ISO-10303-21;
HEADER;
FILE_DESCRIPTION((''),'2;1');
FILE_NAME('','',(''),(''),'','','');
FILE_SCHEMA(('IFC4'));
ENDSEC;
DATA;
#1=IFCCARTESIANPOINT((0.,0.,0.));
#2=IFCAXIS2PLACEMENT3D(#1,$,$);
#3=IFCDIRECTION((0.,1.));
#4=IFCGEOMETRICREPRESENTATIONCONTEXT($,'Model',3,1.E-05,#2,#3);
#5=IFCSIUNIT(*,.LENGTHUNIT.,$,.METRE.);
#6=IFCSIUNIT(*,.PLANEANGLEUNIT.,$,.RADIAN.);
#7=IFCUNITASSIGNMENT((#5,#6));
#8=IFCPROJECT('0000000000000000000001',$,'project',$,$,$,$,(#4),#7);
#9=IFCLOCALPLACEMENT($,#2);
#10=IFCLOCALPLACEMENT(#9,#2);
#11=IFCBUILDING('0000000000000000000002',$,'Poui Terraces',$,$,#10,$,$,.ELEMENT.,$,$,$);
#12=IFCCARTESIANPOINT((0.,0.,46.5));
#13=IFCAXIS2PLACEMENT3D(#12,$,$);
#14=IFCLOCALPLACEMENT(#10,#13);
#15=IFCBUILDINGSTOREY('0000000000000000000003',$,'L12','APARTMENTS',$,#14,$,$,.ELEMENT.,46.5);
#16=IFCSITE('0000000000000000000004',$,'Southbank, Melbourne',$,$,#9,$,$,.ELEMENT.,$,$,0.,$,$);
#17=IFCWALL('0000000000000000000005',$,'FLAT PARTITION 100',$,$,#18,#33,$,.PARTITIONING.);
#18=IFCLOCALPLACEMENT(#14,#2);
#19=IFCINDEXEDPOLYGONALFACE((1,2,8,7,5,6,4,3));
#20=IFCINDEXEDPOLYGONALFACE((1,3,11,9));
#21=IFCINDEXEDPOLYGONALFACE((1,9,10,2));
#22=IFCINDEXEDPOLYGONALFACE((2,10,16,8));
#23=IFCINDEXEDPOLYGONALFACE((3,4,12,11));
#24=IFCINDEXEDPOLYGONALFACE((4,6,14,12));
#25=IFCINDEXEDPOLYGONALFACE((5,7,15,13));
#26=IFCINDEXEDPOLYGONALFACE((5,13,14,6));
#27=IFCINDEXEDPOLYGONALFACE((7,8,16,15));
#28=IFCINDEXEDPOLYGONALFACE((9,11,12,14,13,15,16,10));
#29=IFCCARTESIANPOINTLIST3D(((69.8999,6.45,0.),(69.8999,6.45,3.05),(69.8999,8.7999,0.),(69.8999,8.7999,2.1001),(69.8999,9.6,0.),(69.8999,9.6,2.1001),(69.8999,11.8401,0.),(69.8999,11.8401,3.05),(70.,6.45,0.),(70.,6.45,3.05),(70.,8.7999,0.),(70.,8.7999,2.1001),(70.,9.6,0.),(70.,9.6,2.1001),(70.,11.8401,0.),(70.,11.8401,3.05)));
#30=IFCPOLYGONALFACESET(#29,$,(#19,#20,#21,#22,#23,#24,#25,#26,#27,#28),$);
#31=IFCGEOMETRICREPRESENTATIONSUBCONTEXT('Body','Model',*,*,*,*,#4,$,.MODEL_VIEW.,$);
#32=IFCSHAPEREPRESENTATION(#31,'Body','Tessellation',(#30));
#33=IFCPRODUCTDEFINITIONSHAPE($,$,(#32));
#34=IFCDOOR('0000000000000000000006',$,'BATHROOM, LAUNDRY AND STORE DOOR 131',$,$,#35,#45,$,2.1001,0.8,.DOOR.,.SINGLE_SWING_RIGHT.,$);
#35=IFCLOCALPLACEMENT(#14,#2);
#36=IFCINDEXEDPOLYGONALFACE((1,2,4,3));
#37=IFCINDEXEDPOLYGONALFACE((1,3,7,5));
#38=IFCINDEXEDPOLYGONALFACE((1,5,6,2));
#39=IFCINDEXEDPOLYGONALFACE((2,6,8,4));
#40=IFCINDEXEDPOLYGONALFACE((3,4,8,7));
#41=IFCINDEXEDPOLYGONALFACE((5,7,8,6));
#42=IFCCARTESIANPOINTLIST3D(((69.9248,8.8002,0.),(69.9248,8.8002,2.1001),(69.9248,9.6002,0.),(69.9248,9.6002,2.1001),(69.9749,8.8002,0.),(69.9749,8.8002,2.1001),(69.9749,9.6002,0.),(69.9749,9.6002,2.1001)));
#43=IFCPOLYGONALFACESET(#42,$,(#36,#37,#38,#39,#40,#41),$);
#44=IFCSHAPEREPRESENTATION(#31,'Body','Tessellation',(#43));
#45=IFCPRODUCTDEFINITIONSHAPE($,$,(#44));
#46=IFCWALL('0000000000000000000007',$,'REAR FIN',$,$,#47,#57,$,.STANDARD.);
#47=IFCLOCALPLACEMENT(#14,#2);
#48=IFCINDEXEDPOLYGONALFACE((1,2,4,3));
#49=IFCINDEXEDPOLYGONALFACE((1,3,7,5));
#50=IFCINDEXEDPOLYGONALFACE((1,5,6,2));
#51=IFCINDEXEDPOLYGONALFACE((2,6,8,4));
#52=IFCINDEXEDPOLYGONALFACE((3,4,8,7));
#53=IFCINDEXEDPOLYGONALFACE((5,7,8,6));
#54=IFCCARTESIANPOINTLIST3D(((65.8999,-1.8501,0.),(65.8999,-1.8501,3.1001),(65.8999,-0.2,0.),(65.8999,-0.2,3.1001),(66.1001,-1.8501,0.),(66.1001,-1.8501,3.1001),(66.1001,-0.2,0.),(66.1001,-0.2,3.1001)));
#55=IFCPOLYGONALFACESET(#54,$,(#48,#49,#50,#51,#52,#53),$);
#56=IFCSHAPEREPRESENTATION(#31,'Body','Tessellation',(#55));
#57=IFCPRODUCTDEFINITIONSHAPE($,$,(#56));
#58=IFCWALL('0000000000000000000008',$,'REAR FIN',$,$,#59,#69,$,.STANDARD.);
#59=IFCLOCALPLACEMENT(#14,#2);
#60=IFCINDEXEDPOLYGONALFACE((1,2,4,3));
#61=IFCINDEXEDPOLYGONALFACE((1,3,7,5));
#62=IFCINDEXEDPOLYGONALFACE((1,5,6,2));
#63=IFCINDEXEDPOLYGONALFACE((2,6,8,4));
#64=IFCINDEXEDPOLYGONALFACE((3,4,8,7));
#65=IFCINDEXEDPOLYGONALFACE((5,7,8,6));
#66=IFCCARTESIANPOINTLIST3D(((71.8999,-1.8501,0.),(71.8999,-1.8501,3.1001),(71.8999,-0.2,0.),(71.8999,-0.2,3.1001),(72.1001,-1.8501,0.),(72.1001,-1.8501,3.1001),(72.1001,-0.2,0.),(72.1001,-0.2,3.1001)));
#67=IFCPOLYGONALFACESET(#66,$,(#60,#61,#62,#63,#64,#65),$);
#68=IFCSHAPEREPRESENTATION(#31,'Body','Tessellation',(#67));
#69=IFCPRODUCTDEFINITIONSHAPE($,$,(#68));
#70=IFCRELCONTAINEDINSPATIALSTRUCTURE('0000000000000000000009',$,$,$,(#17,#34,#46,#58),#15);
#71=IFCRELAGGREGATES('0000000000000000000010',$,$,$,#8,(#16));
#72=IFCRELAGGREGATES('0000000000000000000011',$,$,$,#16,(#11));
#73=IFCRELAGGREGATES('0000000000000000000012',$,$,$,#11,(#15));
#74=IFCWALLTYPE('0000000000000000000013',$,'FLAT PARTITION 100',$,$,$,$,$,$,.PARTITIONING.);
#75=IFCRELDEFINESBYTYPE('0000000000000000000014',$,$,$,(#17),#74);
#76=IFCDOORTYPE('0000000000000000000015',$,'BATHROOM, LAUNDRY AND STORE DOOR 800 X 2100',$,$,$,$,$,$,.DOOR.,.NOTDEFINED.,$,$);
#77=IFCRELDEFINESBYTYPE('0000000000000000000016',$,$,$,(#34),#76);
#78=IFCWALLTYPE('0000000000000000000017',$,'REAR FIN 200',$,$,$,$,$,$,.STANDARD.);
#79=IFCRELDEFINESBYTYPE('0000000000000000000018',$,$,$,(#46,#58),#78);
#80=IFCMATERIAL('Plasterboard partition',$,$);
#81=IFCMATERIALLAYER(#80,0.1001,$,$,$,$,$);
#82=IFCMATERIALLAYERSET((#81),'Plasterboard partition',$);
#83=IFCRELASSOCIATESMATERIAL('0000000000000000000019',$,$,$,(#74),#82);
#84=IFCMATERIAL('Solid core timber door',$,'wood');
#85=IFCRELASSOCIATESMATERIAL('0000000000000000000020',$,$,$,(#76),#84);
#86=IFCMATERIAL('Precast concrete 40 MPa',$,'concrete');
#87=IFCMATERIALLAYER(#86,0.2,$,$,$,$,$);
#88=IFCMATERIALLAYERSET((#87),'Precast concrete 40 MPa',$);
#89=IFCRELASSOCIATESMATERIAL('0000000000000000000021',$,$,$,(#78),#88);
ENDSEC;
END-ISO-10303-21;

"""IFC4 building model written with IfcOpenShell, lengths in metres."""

from ifc_helpers import new_model, si_unit, direction, frame, frame_2d, origin, place, context, subcontext, project, spatial, polyline, rectangle, outline, extrude, source, transform, mapped, material, layer, layer_set, type_object, element, fill, save


model = new_model("IFC4")

# Units and contexts
model_context = context("Model", 3, precision=1e-05, world=origin(), true_north=direction((0.0, 1.0)))
body_context = subcontext(model_context, "Body", "Model", "MODEL_VIEW")
ifc_project = project(units=[si_unit("LENGTHUNIT", "METRE"), si_unit("PLANEANGLEUNIT", "RADIAN")], contexts=[model_context])

# Site, building, storey
site_placement = place(None, origin())
site = spatial("IfcSite", under=ifc_project, at=site_placement, Name="Southbank, Melbourne", CompositionType="ELEMENT", RefElevation=0.0)
building_placement = place(site_placement, origin())
building = spatial("IfcBuilding", under=site, at=building_placement, Name="Poui Terraces", CompositionType="ELEMENT")
storey_placement = place(building_placement, frame((0.0, 0.0, 46.5)))
storey = spatial("IfcBuildingStorey", under=building, at=storey_placement, Name="L12", Description="APARTMENTS", CompositionType="ELEMENT", Elevation=46.5)

# Shared definitions
ifc_material_1 = material(Name="Solid core timber door", Category="wood")

# Shared definitions
ifc_material_2 = material(Name="Plasterboard partition")
ifc_layer_1 = layer(ifc_material_2, 0.1001)
ifc_layer_set_1 = layer_set([ifc_layer_1], Name="Plasterboard partition")
wall_type_1 = type_object("IfcWallType", Name="FLAT PARTITION 100", PredefinedType="PARTITIONING", material=ifc_layer_set_1)

# Wall, opening, door
wall_1_placement = place(storey_placement, frame((69.95, 6.45, 0.0), z_axis=(0.0, 0.0, 1.0), x_axis=(0.0, 1.0, 0.0)))
wall_1 = element("IfcWall", 1, at=wall_1_placement, inside=storey, type_object=wall_type_1, Name="FLAT PARTITION 100", PredefinedType="PARTITIONING", context=body_context, shape_type="SweptSolid", body=[
    extrude(rectangle(XDim=5.3901, YDim=0.1001, at=frame_2d((2.6951, 0.0))), origin(), (0.0, 0.0, 1.0), 3.05),
])
opening_1_placement = place(wall_1_placement, frame((2.3501, 0.0, 0.0)))
opening_1 = element("IfcOpeningElement", 2, at=opening_1_placement, cuts=wall_1, PredefinedType="OPENING", context=body_context, shape_type="SweptSolid", body=[
    extrude(rectangle(XDim=0.8, YDim=2.1001, at=frame_2d((0.3999, 1.05))), frame((0.0, 0.0601, 0.0), z_axis=(0.0, -1.0, 0.0), x_axis=(1.0, 0.0, 0.0)), (0.0, 0.0, 1.0), 0.1201),
])
door_type_1 = type_object("IfcDoorType", Name="BATHROOM, LAUNDRY AND STORE DOOR 800 X 2100", OperationType="NOTDEFINED", PredefinedType="DOOR", material=ifc_material_1)
door_1_placement = place(opening_1_placement, frame((0.8, 0.0, 0.0), z_axis=(0.0, 0.0, 1.0), x_axis=(-1.0, 0.0, 0.0)))
door_1 = element("IfcDoor", 3, at=door_1_placement, inside=storey, type_object=door_type_1, Name="BATHROOM, LAUNDRY AND STORE DOOR 131", OperationType="SINGLE_SWING_RIGHT", OverallHeight=2.1001, OverallWidth=0.8, PredefinedType="DOOR", context=body_context, shape_type="SweptSolid", body=[
    extrude(rectangle(XDim=0.8, YDim=2.1001, at=frame_2d((0.3999, 1.05))), frame((0.0, 0.0249, 0.0), z_axis=(0.0, -1.0, 0.0), x_axis=(1.0, 0.0, 0.0)), (0.0, 0.0, 1.0), 0.05),
])
fill(opening_1, door_1)

# Walls
ifc_material_3 = material(Name="Precast concrete 40 MPa", Category="concrete")
ifc_layer_2 = layer(ifc_material_3, 0.2)
ifc_layer_set_2 = layer_set([ifc_layer_2], Name="Precast concrete 40 MPa")
wall_type_2 = type_object("IfcWallType", Name="REAR FIN 200", PredefinedType="STANDARD", material=ifc_layer_set_2)
shared_shape_1 = source(origin(), body_context, "Body", "SweptSolid", [
    extrude(outline(polyline([(0.0, 0.0), (0.2002, 0.0), (0.2002, 1.6501), (0.0, 1.6501), (0.0, 0.0)])), origin(), (0.0, 0.0, 1.0), 3.1001),
])
for number, where, name in (
    (4, (65.8999, -1.8501, 0.0), "REAR FIN"),
    (5, (71.8999, -1.8501, 0.0), "REAR FIN"),
):
    element("IfcWall", number, at=place(storey_placement, frame(where)), inside=storey, type_object=wall_type_2, Name=name, PredefinedType="STANDARD", context=body_context, shape_type="MappedRepresentation", body=[
        mapped(shared_shape_1, transform((0.0, 0.0, 0.0))),
    ])

save(model, "model.ifc")
